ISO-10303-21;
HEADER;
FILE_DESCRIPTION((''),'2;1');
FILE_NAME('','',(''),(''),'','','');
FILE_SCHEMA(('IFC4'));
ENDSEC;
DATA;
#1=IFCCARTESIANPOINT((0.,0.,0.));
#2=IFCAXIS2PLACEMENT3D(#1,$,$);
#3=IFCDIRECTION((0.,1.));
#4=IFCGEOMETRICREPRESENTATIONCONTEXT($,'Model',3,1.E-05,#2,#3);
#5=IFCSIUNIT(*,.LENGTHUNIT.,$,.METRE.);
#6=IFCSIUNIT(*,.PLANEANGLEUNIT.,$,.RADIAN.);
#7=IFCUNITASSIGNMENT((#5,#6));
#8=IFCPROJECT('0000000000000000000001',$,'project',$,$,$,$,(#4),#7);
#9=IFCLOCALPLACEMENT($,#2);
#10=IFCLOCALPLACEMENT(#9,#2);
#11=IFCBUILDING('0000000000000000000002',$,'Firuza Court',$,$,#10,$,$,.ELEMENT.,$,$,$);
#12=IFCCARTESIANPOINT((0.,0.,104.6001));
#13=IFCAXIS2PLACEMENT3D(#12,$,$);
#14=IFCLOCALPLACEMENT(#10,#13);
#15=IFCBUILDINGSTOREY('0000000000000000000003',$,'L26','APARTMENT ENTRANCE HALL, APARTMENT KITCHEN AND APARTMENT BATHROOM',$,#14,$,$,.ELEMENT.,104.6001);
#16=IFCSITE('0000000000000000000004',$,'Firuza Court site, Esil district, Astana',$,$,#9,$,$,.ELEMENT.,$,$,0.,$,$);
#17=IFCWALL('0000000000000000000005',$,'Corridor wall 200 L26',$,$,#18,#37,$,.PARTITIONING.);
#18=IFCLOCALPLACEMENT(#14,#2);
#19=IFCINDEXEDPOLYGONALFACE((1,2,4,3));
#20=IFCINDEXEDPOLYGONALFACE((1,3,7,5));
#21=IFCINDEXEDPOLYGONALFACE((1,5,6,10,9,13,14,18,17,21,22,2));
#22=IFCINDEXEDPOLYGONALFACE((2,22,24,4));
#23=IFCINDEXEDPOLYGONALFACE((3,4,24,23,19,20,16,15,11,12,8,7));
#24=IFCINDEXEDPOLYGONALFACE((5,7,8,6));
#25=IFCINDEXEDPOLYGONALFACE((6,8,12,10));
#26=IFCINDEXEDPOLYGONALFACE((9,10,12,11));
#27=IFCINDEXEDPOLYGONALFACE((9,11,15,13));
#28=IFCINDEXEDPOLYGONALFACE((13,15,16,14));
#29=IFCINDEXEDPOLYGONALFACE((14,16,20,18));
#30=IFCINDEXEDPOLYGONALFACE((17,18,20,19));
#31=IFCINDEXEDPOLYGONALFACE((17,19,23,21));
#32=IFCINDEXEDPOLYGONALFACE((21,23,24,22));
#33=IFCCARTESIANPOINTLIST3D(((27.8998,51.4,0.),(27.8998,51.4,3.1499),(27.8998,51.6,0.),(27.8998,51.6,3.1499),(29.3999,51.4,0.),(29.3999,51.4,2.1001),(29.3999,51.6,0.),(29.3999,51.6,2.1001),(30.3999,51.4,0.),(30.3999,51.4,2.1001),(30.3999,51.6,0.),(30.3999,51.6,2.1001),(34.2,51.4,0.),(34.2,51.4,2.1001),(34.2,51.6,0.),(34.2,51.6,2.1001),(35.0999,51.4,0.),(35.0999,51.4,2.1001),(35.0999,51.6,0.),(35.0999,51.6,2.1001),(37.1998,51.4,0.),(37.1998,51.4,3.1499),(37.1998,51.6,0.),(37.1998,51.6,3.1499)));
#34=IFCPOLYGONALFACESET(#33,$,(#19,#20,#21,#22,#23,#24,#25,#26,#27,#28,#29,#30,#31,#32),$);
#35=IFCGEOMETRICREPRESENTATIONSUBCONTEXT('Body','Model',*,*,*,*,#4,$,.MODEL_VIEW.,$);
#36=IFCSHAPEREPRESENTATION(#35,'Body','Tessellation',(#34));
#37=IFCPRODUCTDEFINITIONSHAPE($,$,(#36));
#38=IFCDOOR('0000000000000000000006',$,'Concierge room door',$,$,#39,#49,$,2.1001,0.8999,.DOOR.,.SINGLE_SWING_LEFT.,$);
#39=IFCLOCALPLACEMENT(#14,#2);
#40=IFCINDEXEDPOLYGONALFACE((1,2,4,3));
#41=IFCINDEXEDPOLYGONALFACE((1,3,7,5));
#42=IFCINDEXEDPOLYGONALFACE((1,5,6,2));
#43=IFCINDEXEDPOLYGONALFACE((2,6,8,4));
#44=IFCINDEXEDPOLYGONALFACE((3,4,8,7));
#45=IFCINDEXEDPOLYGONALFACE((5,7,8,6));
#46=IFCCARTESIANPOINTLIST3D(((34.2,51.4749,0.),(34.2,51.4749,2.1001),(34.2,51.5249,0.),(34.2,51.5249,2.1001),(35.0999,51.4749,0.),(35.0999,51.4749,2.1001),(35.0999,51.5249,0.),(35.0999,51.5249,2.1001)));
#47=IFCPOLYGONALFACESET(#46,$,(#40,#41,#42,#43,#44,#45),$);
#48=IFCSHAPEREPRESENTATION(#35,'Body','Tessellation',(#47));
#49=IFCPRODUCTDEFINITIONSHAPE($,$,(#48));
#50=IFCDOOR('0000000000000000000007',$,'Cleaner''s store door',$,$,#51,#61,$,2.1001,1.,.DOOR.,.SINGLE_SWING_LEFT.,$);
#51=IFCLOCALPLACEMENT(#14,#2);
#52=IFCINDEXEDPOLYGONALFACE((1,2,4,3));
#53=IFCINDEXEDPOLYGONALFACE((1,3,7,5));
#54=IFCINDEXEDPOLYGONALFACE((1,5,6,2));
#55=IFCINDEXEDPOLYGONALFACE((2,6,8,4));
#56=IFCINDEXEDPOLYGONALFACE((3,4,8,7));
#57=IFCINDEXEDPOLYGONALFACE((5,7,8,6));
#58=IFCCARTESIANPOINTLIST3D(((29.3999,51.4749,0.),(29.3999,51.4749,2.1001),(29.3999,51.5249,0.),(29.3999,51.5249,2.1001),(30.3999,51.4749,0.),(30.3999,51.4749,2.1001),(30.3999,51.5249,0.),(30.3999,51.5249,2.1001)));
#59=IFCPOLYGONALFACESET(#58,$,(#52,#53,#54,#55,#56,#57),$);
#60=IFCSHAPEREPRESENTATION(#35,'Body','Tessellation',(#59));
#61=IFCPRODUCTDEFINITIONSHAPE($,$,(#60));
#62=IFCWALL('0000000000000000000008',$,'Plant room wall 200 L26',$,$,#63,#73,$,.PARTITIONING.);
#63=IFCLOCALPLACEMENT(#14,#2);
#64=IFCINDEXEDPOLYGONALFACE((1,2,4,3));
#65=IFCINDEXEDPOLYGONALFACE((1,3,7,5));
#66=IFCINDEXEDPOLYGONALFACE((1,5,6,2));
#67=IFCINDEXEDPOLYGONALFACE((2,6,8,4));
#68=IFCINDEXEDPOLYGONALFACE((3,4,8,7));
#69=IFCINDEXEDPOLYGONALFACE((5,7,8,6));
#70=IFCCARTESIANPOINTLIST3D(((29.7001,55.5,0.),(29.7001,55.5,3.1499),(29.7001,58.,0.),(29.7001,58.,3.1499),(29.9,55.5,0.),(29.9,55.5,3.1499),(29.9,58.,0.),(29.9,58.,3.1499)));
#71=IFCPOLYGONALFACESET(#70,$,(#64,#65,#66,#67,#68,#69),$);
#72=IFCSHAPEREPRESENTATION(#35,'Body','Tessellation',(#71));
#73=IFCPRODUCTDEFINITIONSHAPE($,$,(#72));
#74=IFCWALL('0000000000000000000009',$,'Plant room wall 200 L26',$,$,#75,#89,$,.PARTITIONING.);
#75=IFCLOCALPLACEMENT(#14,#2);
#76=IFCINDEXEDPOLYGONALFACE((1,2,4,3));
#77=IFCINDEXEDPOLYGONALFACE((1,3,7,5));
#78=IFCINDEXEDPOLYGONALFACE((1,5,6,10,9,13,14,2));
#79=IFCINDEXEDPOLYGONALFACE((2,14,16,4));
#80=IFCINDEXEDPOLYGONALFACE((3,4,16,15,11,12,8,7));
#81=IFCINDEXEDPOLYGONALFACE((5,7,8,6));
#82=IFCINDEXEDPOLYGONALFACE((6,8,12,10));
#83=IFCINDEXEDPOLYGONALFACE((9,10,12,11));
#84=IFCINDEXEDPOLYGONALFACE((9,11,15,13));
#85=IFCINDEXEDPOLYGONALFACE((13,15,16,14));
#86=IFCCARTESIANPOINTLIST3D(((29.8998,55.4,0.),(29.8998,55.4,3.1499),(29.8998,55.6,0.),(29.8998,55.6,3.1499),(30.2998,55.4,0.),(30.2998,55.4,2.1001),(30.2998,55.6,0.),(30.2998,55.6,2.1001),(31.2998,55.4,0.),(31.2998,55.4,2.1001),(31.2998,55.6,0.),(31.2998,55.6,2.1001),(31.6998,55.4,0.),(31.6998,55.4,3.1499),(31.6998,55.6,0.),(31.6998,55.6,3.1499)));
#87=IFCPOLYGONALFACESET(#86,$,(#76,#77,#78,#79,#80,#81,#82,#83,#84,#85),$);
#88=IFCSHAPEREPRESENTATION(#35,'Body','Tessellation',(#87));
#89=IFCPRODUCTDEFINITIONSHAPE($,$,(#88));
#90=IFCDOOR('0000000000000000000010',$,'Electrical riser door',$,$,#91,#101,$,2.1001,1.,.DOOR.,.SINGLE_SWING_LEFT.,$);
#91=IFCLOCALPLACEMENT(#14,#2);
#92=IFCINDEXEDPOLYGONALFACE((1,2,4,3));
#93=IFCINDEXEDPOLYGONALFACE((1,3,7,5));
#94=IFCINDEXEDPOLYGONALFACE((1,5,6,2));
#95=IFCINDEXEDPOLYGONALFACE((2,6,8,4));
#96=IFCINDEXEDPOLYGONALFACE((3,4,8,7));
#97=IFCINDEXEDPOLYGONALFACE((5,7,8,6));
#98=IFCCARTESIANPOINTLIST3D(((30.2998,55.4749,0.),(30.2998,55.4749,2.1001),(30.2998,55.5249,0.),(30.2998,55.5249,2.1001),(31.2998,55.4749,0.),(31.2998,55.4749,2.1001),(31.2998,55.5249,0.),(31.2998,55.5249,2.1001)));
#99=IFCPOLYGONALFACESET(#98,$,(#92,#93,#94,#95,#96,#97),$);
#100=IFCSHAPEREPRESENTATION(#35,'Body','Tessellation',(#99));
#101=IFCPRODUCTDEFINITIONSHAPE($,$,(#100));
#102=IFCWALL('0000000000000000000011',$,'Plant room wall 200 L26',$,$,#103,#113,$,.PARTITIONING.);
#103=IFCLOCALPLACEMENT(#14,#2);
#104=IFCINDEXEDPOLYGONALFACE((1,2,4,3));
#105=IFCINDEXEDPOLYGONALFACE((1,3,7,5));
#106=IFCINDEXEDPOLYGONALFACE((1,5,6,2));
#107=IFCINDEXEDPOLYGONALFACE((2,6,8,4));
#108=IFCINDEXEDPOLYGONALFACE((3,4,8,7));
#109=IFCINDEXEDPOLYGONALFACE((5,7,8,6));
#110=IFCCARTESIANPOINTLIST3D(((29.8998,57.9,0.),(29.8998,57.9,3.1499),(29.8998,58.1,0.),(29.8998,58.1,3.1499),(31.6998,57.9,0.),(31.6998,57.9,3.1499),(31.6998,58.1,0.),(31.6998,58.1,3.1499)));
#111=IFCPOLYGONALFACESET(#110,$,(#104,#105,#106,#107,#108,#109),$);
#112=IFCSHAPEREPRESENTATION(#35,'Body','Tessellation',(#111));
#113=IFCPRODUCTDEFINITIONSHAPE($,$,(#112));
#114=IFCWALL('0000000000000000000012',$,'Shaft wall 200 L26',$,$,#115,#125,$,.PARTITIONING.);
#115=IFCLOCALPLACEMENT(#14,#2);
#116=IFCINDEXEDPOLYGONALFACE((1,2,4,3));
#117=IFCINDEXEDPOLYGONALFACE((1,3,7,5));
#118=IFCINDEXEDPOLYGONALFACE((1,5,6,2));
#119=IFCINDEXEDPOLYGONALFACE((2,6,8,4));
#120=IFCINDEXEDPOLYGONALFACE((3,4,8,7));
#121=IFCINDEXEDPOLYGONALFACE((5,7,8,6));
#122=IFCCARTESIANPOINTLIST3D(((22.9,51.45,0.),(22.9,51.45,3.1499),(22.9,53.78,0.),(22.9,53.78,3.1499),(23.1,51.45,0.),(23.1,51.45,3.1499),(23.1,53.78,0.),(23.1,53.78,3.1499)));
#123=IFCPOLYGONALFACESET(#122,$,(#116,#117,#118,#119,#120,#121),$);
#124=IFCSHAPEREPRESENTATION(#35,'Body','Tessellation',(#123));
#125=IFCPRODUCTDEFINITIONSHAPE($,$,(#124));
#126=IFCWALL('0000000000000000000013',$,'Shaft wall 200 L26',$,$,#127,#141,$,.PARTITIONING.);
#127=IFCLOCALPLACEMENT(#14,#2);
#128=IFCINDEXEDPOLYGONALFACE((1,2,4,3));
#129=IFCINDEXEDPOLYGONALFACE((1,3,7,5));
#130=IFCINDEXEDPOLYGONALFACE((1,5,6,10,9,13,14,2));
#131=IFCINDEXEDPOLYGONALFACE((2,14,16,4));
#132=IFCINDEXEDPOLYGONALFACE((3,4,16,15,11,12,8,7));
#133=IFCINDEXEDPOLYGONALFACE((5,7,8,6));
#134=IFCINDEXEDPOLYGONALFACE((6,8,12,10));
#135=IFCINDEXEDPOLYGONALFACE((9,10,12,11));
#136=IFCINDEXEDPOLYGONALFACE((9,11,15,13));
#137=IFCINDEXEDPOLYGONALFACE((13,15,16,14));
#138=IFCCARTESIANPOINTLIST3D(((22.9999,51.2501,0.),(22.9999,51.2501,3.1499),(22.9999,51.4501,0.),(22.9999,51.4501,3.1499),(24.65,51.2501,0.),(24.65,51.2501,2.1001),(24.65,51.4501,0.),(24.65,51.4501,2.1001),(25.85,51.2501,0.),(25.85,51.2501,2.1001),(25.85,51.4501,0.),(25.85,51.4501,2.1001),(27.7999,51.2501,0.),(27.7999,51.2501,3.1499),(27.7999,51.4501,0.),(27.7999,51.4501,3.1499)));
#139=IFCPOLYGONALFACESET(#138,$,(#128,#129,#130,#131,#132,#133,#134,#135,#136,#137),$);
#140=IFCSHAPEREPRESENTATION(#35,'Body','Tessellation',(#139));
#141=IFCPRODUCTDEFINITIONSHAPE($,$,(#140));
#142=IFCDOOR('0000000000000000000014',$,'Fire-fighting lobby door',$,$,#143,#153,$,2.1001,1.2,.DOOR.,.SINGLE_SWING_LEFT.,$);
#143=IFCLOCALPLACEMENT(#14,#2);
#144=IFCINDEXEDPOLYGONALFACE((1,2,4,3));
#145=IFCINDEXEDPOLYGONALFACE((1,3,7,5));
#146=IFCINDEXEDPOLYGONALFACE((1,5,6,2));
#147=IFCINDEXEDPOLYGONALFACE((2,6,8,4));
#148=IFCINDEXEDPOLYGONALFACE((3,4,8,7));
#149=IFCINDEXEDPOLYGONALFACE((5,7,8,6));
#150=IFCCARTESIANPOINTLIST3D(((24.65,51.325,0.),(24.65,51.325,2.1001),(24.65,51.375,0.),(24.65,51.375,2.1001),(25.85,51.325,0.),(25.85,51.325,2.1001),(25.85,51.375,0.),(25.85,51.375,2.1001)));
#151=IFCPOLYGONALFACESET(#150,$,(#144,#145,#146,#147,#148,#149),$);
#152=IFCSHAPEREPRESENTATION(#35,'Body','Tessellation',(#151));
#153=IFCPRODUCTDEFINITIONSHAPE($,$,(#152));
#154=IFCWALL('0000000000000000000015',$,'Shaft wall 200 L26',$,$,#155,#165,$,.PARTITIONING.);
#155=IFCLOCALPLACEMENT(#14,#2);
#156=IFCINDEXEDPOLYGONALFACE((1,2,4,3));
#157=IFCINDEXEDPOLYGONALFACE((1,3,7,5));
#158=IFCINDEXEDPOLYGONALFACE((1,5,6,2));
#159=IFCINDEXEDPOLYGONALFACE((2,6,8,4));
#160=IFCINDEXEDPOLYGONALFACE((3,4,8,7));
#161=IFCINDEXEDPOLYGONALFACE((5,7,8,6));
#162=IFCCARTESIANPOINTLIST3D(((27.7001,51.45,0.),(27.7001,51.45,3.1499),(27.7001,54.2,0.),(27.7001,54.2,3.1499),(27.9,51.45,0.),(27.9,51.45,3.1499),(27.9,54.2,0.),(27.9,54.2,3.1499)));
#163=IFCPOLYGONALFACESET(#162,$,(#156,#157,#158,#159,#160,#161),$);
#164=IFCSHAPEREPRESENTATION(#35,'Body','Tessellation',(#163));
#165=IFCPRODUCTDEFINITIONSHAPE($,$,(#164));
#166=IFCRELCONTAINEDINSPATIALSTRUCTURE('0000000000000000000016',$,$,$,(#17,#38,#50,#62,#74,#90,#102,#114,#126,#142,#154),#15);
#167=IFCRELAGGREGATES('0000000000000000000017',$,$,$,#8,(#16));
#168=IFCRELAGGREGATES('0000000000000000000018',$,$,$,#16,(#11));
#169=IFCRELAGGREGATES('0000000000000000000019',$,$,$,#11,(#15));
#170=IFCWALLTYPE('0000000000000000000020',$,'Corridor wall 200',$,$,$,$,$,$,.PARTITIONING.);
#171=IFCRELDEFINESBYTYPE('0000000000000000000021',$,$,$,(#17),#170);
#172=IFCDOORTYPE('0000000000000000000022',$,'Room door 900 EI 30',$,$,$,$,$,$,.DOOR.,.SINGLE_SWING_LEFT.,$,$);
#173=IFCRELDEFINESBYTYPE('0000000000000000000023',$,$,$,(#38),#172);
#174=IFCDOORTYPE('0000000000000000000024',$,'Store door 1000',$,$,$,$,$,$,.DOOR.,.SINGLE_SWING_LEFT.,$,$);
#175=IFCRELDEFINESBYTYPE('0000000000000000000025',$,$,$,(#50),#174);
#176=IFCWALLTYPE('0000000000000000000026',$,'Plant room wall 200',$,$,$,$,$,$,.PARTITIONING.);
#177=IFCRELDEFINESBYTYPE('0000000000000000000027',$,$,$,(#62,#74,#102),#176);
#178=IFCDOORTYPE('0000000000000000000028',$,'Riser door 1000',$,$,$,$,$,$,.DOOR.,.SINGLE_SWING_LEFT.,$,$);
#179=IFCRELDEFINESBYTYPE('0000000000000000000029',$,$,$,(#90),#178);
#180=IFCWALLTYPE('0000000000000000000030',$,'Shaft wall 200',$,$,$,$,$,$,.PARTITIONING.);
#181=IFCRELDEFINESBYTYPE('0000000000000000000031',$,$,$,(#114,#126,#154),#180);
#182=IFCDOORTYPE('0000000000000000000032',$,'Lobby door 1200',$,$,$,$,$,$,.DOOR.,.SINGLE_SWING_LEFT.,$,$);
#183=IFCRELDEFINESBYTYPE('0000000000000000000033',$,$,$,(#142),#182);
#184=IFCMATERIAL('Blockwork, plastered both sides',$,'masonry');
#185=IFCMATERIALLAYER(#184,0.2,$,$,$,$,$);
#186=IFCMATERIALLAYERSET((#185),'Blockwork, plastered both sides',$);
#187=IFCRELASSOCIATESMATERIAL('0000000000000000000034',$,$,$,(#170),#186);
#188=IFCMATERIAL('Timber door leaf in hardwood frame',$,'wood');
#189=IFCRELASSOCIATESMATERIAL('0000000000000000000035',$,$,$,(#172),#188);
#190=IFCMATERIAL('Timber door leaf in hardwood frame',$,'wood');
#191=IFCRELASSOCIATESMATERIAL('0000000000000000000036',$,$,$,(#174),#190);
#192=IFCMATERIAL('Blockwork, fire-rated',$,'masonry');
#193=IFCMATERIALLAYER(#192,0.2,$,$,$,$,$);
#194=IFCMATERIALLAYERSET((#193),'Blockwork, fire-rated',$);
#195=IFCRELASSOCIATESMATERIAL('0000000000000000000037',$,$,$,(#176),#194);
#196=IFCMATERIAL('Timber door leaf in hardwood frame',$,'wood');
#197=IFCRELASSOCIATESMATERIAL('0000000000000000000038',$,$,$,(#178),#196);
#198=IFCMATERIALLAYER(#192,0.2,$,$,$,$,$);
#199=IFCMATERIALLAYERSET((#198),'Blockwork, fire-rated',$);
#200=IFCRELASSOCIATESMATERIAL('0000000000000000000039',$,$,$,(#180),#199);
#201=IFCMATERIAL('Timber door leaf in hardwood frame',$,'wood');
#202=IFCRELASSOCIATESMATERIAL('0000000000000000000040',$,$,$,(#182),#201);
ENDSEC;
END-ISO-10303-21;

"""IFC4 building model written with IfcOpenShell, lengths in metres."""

from ifc_helpers import new_model, si_unit, direction, frame, frame_2d, origin, place, context, subcontext, project, spatial, rectangle, extrude, material, layer, layer_set, type_object, element, fill, save


model = new_model("IFC4")

# Units and contexts
model_context = context("Model", 3, precision=1e-05, world=origin(), true_north=direction((0.0, 1.0)))
body_context = subcontext(model_context, "Body", "Model", "MODEL_VIEW")
ifc_project = project(units=[si_unit("LENGTHUNIT", "METRE"), si_unit("PLANEANGLEUNIT", "RADIAN")], contexts=[model_context])

# Site, building, storey
site_placement = place(None, origin())
site = spatial("IfcSite", under=ifc_project, at=site_placement, Name="Firuza Court site, Esil district, Astana", CompositionType="ELEMENT", RefElevation=0.0)
building_placement = place(site_placement, origin())
building = spatial("IfcBuilding", under=site, at=building_placement, Name="Firuza Court", CompositionType="ELEMENT")
storey_placement = place(building_placement, frame((0.0, 0.0, 104.6001)))
storey = spatial("IfcBuildingStorey", under=building, at=storey_placement, Name="L26", Description="APARTMENT ENTRANCE HALL, APARTMENT KITCHEN AND APARTMENT BATHROOM", CompositionType="ELEMENT", Elevation=104.6001)

# Wall, openings, doors
ifc_material_1 = material(Name="Blockwork, plastered both sides", Category="masonry")
ifc_layer_1 = layer(ifc_material_1, 0.2)
ifc_layer_set_1 = layer_set([ifc_layer_1], Name="Blockwork, plastered both sides")
wall_type_1 = type_object("IfcWallType", Name="Corridor wall 200", PredefinedType="PARTITIONING", material=ifc_layer_set_1)
wall_1_placement = place(storey_placement, frame((27.8999, 51.5, 0.0), z_axis=(0.0, 0.0, 1.0), x_axis=(1.0, 0.0, 0.0)))
wall_1 = element("IfcWall", 1, at=wall_1_placement, inside=storey, type_object=wall_type_1, Name="Corridor wall 200 L26", PredefinedType="PARTITIONING", context=body_context, shape_type="SweptSolid", body=[
    extrude(rectangle(XDim=9.3, YDim=0.2, at=frame_2d((4.6499, 0.0))), origin(), (0.0, 0.0, 1.0), 3.1499),
])
opening_1_placement = place(wall_1_placement, frame((1.5, 0.0, 0.0)))
opening_1 = element("IfcOpeningElement", 2, at=opening_1_placement, cuts=wall_1, PredefinedType="OPENING", context=body_context, shape_type="SweptSolid", body=[
    extrude(rectangle(XDim=1.0, YDim=2.1001, at=frame_2d((0.5, 1.05))), frame((0.0, 0.1118, 0.0), z_axis=(0.0, -1.0, 0.0), x_axis=(1.0, 0.0, 0.0)), (0.0, 0.0, 1.0), 0.2239),
])
opening_2_placement = place(wall_1_placement, frame((6.3, 0.0, 0.0)))
opening_2 = element("IfcOpeningElement", 3, at=opening_2_placement, cuts=wall_1, PredefinedType="OPENING", context=body_context, shape_type="SweptSolid", body=[
    extrude(rectangle(XDim=0.8999, YDim=2.1001, at=frame_2d((0.45, 1.05))), frame((0.0, 0.1118, 0.0), z_axis=(0.0, -1.0, 0.0), x_axis=(1.0, 0.0, 0.0)), (0.0, 0.0, 1.0), 0.2239),
])
ifc_material_2 = material(Name="Timber door leaf in hardwood frame", Category="wood")
door_type_1 = type_object("IfcDoorType", Name="Room door 900 EI 30", OperationType="SINGLE_SWING_LEFT", PredefinedType="DOOR", material=ifc_material_2)
door_1_placement = place(opening_2_placement, origin())
door_1 = element("IfcDoor", 4, at=door_1_placement, inside=storey, type_object=door_type_1, Name="Concierge room door", OperationType="SINGLE_SWING_LEFT", OverallHeight=2.1001, OverallWidth=0.8999, PredefinedType="DOOR", context=body_context, shape_type="SweptSolid", body=[
    extrude(rectangle(XDim=0.8999, YDim=2.1001, at=frame_2d((0.45, 1.05))), frame((0.0, 0.0249, 0.0), z_axis=(0.0, -1.0, 0.0), x_axis=(1.0, 0.0, 0.0)), (0.0, 0.0, 1.0), 0.05),
])
fill(opening_2, door_1)
ifc_material_3 = material(Name="Timber door leaf in hardwood frame", Category="wood")
door_type_2 = type_object("IfcDoorType", Name="Store door 1000", OperationType="SINGLE_SWING_LEFT", PredefinedType="DOOR", material=ifc_material_3)
door_2_placement = place(opening_1_placement, origin())
door_2 = element("IfcDoor", 5, at=door_2_placement, inside=storey, type_object=door_type_2, Name="Cleaner's store door", OperationType="SINGLE_SWING_LEFT", OverallHeight=2.1001, OverallWidth=1.0, PredefinedType="DOOR", context=body_context, shape_type="SweptSolid", body=[
    extrude(rectangle(XDim=1.0, YDim=2.1001, at=frame_2d((0.5, 1.05))), frame((0.0, 0.0249, 0.0), z_axis=(0.0, -1.0, 0.0), x_axis=(1.0, 0.0, 0.0)), (0.0, 0.0, 1.0), 0.05),
])
fill(opening_1, door_2)

# Wall
ifc_material_4 = material(Name="Blockwork, fire-rated", Category="masonry")
ifc_layer_2 = layer(ifc_material_4, 0.2)
ifc_layer_set_2 = layer_set([ifc_layer_2], Name="Blockwork, fire-rated")
wall_type_2 = type_object("IfcWallType", Name="Plant room wall 200", PredefinedType="PARTITIONING", material=ifc_layer_set_2)
wall_2_placement = place(storey_placement, frame((29.8, 55.5, 0.0), z_axis=(0.0, 0.0, 1.0), x_axis=(0.0, 1.0, 0.0)))
element("IfcWall", 6, at=wall_2_placement, inside=storey, type_object=wall_type_2, Name="Plant room wall 200 L26", PredefinedType="PARTITIONING", context=body_context, shape_type="SweptSolid", body=[
    extrude(rectangle(XDim=2.5, YDim=0.2, at=frame_2d((1.25, 0.0))), origin(), (0.0, 0.0, 1.0), 3.1499),
])

# Wall, opening, door
wall_3_placement = place(storey_placement, frame((29.8999, 55.5, 0.0), z_axis=(0.0, 0.0, 1.0), x_axis=(1.0, 0.0, 0.0)))
wall_3 = element("IfcWall", 7, at=wall_3_placement, inside=storey, type_object=wall_type_2, Name="Plant room wall 200 L26", PredefinedType="PARTITIONING", context=body_context, shape_type="SweptSolid", body=[
    extrude(rectangle(XDim=1.8, YDim=0.2, at=frame_2d((0.8999, 0.0))), origin(), (0.0, 0.0, 1.0), 3.1499),
])
opening_3_placement = place(wall_3_placement, frame((0.3999, 0.0, 0.0)))
opening_3 = element("IfcOpeningElement", 8, at=opening_3_placement, cuts=wall_3, PredefinedType="OPENING", context=body_context, shape_type="SweptSolid", body=[
    extrude(rectangle(XDim=1.0, YDim=2.1001, at=frame_2d((0.5, 1.05))), frame((0.0, 0.1118, 0.0), z_axis=(0.0, -1.0, 0.0), x_axis=(1.0, 0.0, 0.0)), (0.0, 0.0, 1.0), 0.2239),
])
ifc_material_5 = material(Name="Timber door leaf in hardwood frame", Category="wood")
door_type_3 = type_object("IfcDoorType", Name="Riser door 1000", OperationType="SINGLE_SWING_LEFT", PredefinedType="DOOR", material=ifc_material_5)
door_3_placement = place(opening_3_placement, origin())
door_3 = element("IfcDoor", 9, at=door_3_placement, inside=storey, type_object=door_type_3, Name="Electrical riser door", OperationType="SINGLE_SWING_LEFT", OverallHeight=2.1001, OverallWidth=1.0, PredefinedType="DOOR", context=body_context, shape_type="SweptSolid", body=[
    extrude(rectangle(XDim=1.0, YDim=2.1001, at=frame_2d((0.5, 1.05))), frame((0.0, 0.0249, 0.0), z_axis=(0.0, -1.0, 0.0), x_axis=(1.0, 0.0, 0.0)), (0.0, 0.0, 1.0), 0.05),
])
fill(opening_3, door_3)

# Walls
wall_4_placement = place(storey_placement, frame((29.8999, 58.0, 0.0), z_axis=(0.0, 0.0, 1.0), x_axis=(1.0, 0.0, 0.0)))
element("IfcWall", 10, at=wall_4_placement, inside=storey, type_object=wall_type_2, Name="Plant room wall 200 L26", PredefinedType="PARTITIONING", context=body_context, shape_type="SweptSolid", body=[
    extrude(rectangle(XDim=1.8, YDim=0.2, at=frame_2d((0.8999, 0.0))), origin(), (0.0, 0.0, 1.0), 3.1499),
])
ifc_layer_3 = layer(ifc_material_4, 0.2)
ifc_layer_set_3 = layer_set([ifc_layer_3], Name="Blockwork, fire-rated")
wall_type_3 = type_object("IfcWallType", Name="Shaft wall 200", PredefinedType="PARTITIONING", material=ifc_layer_set_3)
wall_5_placement = place(storey_placement, frame((23.0, 51.45, 0.0), z_axis=(0.0, 0.0, 1.0), x_axis=(0.0, 1.0, 0.0)))
element("IfcWall", 11, at=wall_5_placement, inside=storey, type_object=wall_type_3, Name="Shaft wall 200 L26", PredefinedType="PARTITIONING", context=body_context, shape_type="SweptSolid", body=[
    extrude(rectangle(XDim=2.3301, YDim=0.2, at=frame_2d((1.165, 0.0))), origin(), (0.0, 0.0, 1.0), 3.1499),
])

# Wall, opening, door
wall_6_placement = place(storey_placement, frame((23.0, 51.3501, 0.0), z_axis=(0.0, 0.0, 1.0), x_axis=(1.0, 0.0, 0.0)))
wall_6 = element("IfcWall", 12, at=wall_6_placement, inside=storey, type_object=wall_type_3, Name="Shaft wall 200 L26", PredefinedType="PARTITIONING", context=body_context, shape_type="SweptSolid", body=[
    extrude(rectangle(XDim=4.8, YDim=0.2, at=frame_2d((2.3999, 0.0))), origin(), (0.0, 0.0, 1.0), 3.1499),
])
opening_4_placement = place(wall_6_placement, frame((1.6499, 0.0, 0.0)))
opening_4 = element("IfcOpeningElement", 13, at=opening_4_placement, cuts=wall_6, PredefinedType="OPENING", context=body_context, shape_type="SweptSolid", body=[
    extrude(rectangle(XDim=1.2, YDim=2.1001, at=frame_2d((0.6001, 1.05))), frame((0.0, 0.1118, 0.0), z_axis=(0.0, -1.0, 0.0), x_axis=(1.0, 0.0, 0.0)), (0.0, 0.0, 1.0), 0.2239),
])
ifc_material_6 = material(Name="Timber door leaf in hardwood frame", Category="wood")
door_type_4 = type_object("IfcDoorType", Name="Lobby door 1200", OperationType="SINGLE_SWING_LEFT", PredefinedType="DOOR", material=ifc_material_6)
door_4_placement = place(opening_4_placement, origin())
door_4 = element("IfcDoor", 14, at=door_4_placement, inside=storey, type_object=door_type_4, Name="Fire-fighting lobby door", OperationType="SINGLE_SWING_LEFT", OverallHeight=2.1001, OverallWidth=1.2, PredefinedType="DOOR", context=body_context, shape_type="SweptSolid", body=[
    extrude(rectangle(XDim=1.2, YDim=2.1001, at=frame_2d((0.6001, 1.05))), frame((0.0, 0.0249, 0.0), z_axis=(0.0, -1.0, 0.0), x_axis=(1.0, 0.0, 0.0)), (0.0, 0.0, 1.0), 0.05),
])
fill(opening_4, door_4)

# Wall
wall_7_placement = place(storey_placement, frame((27.8, 51.45, 0.0), z_axis=(0.0, 0.0, 1.0), x_axis=(0.0, 1.0, 0.0)))
element("IfcWall", 15, at=wall_7_placement, inside=storey, type_object=wall_type_3, Name="Shaft wall 200 L26", PredefinedType="PARTITIONING", context=body_context, shape_type="SweptSolid", body=[
    extrude(rectangle(XDim=2.75, YDim=0.2, at=frame_2d((1.375, 0.0))), origin(), (0.0, 0.0, 1.0), 3.1499),
])

save(model, "model.ifc")
